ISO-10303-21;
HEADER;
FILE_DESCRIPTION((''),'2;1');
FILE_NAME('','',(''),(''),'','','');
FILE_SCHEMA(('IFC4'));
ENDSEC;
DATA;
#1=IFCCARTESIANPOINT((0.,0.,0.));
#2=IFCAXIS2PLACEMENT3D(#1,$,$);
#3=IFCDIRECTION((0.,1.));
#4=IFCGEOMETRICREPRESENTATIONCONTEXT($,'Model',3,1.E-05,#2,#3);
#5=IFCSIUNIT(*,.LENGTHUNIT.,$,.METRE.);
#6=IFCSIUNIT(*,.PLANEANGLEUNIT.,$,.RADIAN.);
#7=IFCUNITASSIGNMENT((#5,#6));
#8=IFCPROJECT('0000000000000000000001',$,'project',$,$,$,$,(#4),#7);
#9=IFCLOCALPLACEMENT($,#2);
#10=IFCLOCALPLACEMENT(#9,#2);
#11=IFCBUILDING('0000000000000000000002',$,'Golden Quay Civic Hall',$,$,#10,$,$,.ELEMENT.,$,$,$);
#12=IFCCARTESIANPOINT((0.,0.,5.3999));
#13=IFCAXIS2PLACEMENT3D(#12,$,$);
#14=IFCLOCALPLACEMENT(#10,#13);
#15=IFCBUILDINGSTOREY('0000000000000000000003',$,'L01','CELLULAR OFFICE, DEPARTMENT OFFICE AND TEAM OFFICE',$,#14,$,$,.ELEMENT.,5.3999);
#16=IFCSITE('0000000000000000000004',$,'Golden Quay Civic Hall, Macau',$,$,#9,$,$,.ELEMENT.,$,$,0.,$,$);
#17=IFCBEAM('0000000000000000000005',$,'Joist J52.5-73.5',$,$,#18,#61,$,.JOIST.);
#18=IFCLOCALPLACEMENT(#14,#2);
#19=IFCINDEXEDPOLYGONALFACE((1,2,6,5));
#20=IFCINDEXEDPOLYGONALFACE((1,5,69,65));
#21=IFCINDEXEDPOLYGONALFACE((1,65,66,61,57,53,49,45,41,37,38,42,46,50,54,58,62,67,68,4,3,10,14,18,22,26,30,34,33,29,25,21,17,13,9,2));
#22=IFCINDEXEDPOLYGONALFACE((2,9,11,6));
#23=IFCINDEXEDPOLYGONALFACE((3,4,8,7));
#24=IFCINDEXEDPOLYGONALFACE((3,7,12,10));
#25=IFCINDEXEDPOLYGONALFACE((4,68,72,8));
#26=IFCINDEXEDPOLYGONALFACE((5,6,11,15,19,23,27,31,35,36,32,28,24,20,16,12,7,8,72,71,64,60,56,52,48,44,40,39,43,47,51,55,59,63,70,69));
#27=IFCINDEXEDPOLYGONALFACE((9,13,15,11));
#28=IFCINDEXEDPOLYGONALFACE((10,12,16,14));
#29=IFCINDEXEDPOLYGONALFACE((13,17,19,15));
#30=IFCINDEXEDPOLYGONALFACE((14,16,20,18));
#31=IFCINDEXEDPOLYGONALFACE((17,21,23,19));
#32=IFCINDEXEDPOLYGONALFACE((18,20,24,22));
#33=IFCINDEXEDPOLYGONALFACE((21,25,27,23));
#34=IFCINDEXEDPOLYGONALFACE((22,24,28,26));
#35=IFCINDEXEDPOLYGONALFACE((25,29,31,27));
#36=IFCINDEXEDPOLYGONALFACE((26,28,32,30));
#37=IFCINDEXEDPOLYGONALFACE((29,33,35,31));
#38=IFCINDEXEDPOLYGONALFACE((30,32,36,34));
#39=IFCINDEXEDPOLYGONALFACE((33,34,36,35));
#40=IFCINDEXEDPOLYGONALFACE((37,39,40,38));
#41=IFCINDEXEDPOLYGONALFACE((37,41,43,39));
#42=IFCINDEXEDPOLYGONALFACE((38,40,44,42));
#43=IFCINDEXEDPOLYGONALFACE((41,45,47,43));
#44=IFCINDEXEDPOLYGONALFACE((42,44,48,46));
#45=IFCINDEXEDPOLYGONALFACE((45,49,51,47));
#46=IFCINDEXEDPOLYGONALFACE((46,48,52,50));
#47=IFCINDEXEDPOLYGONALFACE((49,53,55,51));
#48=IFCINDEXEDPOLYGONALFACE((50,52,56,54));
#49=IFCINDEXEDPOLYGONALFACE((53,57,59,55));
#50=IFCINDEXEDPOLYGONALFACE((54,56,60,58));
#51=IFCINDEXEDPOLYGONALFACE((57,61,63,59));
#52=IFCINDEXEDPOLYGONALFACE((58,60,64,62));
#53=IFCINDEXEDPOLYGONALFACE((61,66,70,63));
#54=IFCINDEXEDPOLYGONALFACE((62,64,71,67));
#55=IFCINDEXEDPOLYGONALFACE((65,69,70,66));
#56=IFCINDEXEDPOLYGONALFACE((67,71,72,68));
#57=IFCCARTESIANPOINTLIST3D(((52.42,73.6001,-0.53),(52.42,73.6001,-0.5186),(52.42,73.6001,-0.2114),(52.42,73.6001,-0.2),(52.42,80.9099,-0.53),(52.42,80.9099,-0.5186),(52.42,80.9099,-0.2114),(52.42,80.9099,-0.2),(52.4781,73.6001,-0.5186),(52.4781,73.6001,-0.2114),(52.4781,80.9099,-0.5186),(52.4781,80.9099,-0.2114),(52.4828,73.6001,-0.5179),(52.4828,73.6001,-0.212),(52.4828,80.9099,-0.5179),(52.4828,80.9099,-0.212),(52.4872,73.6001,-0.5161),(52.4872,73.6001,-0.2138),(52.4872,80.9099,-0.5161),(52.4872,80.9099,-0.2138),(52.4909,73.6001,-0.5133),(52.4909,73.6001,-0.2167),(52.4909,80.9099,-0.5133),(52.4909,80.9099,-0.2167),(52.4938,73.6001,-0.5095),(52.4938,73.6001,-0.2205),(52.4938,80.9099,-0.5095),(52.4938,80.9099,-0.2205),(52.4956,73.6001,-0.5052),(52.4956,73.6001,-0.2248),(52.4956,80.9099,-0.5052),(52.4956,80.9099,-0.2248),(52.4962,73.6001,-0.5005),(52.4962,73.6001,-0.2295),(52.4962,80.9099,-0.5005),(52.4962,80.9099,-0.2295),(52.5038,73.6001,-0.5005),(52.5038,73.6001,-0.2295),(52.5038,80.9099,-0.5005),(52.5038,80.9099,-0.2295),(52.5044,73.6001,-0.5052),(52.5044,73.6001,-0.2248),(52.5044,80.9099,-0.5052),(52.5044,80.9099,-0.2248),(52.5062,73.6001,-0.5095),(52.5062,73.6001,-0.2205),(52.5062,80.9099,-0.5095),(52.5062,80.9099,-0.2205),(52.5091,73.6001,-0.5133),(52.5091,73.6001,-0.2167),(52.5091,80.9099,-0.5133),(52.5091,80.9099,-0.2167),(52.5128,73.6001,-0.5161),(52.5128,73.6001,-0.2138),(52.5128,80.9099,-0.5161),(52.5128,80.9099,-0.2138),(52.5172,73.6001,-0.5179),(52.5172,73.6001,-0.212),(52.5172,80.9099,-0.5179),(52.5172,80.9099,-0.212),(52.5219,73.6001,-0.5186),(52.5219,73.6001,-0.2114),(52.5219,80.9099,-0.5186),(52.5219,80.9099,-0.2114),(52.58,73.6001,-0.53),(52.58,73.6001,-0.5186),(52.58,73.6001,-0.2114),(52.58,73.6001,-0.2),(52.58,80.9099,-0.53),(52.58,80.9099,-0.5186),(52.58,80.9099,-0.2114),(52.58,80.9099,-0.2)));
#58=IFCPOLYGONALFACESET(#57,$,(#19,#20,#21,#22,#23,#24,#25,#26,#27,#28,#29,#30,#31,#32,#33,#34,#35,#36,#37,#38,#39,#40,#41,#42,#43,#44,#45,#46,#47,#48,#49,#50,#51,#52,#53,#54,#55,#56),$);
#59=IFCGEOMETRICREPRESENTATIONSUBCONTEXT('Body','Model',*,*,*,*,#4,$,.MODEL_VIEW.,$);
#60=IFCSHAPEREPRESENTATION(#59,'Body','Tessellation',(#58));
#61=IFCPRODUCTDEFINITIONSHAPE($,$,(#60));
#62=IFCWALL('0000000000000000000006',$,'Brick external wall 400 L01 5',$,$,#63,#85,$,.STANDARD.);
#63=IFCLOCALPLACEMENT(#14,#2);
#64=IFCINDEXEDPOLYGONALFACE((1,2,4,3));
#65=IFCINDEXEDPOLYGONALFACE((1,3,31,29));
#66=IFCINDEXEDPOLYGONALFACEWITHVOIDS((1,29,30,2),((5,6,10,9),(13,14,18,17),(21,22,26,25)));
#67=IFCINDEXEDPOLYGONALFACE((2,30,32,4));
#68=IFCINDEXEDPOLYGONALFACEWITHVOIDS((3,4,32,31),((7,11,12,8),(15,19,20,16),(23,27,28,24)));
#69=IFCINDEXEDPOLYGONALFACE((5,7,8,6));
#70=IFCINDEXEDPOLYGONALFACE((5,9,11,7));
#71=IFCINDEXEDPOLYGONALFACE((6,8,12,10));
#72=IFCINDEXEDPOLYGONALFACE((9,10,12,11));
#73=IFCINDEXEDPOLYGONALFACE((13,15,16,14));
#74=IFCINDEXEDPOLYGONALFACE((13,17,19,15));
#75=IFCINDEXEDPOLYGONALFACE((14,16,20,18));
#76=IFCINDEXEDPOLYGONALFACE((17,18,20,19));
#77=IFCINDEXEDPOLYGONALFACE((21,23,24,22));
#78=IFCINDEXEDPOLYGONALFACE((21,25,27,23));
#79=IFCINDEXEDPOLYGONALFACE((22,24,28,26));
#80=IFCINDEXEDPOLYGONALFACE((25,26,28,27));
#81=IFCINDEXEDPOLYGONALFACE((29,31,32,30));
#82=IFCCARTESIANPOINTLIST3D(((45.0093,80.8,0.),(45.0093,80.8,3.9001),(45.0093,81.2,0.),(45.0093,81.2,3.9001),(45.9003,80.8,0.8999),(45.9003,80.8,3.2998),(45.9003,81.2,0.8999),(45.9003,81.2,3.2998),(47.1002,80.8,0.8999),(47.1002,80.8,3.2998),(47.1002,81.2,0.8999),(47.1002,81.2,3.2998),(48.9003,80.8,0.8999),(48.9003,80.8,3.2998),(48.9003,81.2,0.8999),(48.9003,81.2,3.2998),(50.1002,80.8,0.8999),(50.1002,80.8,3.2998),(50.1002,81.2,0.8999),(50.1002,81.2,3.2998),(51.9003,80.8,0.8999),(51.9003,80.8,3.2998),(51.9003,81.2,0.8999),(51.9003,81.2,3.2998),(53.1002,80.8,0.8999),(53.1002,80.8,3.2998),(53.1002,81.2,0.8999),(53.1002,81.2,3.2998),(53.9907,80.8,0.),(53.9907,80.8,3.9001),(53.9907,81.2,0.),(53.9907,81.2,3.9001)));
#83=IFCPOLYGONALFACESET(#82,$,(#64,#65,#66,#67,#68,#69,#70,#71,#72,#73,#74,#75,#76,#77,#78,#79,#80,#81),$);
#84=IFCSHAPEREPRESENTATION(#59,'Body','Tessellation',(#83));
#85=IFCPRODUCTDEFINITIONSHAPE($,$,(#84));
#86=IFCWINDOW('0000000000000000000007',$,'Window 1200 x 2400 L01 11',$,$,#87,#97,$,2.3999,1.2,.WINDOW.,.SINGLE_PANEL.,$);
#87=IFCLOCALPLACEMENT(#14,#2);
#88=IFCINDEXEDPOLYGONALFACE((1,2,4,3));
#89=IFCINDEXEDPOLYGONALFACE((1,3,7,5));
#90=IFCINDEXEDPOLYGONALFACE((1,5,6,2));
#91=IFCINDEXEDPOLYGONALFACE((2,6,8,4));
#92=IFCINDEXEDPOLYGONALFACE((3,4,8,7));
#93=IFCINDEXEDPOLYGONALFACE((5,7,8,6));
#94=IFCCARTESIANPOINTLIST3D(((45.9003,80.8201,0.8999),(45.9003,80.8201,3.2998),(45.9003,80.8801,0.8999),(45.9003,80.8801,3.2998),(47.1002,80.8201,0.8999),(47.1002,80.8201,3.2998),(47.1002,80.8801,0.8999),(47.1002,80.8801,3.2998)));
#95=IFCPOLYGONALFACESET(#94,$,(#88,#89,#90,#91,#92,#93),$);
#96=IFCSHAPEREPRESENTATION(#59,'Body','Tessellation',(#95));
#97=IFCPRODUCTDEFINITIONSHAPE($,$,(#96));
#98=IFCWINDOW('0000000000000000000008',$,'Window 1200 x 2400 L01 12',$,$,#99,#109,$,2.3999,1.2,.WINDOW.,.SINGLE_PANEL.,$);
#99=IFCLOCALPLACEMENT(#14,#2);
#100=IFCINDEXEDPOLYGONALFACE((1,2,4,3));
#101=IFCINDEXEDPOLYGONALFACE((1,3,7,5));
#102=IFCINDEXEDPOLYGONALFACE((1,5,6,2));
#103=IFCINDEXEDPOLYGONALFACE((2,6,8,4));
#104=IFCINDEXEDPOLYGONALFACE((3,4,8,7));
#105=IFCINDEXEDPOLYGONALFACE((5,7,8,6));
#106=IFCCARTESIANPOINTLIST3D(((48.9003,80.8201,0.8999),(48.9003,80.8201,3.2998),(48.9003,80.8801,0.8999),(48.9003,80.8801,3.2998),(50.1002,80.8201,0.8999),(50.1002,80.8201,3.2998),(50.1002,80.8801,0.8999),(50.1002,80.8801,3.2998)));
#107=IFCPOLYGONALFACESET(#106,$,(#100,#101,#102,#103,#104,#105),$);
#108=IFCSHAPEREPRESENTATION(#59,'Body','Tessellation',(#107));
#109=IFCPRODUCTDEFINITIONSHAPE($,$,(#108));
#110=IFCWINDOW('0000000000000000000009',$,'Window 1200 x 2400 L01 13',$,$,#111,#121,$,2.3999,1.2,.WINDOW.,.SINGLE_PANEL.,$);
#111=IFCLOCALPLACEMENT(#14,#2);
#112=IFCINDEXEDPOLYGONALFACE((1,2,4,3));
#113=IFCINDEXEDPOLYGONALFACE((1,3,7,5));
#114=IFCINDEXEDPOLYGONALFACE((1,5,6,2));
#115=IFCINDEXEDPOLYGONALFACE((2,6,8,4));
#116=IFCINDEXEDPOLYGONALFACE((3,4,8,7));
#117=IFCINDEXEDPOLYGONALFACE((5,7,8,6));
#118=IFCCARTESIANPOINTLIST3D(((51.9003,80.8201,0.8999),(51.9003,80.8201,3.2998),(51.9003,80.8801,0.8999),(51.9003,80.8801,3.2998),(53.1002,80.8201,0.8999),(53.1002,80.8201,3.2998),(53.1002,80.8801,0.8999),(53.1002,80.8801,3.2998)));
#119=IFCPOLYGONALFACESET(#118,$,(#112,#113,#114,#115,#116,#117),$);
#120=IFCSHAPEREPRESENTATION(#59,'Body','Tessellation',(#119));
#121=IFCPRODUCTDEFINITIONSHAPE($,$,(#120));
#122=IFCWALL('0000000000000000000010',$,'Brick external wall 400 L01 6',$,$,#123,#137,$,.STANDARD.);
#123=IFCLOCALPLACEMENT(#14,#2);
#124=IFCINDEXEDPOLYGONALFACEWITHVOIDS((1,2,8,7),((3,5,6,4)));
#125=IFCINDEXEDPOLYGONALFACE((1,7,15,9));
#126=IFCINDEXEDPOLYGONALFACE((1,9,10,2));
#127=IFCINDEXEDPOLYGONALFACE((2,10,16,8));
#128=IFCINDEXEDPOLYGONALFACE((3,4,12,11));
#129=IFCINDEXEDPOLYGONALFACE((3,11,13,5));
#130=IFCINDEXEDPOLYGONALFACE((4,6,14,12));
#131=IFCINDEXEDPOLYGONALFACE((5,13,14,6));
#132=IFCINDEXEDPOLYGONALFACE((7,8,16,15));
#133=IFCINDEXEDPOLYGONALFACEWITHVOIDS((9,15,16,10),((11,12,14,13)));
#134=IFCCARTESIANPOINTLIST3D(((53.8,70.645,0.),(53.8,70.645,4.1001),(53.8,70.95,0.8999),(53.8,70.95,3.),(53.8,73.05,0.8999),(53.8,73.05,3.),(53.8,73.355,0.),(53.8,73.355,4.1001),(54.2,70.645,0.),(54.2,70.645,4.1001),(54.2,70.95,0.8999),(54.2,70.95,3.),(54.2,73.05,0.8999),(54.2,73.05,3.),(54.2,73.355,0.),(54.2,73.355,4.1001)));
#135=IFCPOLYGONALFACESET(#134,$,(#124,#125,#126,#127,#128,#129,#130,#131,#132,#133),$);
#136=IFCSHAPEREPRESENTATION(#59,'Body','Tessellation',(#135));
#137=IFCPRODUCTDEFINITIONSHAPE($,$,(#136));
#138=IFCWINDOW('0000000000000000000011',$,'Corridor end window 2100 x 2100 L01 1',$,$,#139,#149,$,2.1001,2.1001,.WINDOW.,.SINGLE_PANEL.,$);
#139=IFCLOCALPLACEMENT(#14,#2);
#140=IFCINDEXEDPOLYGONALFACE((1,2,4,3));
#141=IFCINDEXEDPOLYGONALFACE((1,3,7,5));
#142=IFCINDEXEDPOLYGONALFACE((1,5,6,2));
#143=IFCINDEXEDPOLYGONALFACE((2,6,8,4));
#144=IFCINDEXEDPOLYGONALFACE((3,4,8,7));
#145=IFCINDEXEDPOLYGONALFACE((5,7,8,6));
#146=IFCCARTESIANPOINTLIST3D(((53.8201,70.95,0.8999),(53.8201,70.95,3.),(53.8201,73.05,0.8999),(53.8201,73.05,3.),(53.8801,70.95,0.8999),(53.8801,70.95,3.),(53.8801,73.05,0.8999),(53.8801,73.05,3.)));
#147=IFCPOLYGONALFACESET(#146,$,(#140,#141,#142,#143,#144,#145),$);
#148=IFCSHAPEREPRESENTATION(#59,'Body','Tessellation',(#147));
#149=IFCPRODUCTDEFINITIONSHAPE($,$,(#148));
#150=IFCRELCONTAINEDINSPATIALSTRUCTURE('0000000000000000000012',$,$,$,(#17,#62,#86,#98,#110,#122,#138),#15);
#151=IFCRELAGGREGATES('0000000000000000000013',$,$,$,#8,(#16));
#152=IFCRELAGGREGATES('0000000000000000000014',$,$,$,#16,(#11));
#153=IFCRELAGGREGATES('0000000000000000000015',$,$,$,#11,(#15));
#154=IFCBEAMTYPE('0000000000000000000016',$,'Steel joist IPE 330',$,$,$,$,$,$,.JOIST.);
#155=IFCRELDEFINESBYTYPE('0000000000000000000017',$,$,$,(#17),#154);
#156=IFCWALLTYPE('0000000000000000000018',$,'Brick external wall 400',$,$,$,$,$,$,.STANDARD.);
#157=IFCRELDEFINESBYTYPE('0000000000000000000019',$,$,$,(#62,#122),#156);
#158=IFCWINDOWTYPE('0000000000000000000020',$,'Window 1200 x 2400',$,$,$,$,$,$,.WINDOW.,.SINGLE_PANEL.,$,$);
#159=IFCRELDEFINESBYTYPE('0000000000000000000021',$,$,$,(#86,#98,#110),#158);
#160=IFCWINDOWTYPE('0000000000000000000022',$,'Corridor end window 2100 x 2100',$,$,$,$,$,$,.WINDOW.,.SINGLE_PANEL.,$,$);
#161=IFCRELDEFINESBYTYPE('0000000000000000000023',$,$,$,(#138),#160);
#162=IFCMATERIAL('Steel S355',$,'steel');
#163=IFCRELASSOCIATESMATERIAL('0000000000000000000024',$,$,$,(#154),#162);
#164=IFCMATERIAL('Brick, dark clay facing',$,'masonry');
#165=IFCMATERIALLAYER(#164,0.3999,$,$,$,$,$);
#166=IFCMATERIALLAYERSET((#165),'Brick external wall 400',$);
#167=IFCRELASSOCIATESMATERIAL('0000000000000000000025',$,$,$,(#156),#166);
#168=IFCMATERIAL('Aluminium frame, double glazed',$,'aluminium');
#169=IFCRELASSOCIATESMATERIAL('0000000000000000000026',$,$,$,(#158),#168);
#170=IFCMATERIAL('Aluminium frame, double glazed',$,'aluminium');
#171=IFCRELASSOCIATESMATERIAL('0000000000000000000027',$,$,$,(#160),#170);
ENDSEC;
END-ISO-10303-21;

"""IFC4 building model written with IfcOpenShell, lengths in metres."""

from ifc_helpers import new_model, si_unit, direction, frame, frame_2d, origin, origin_2d, place, context, subcontext, project, spatial, rectangle, i_section, extrude, material, layer, layer_set, material_profile, profile_set, type_object, element, fill, save


model = new_model("IFC4")

# Units and contexts
model_context = context("Model", 3, precision=1e-05, world=origin(), true_north=direction((0.0, 1.0)))
body_context = subcontext(model_context, "Body", "Model", "MODEL_VIEW")
ifc_project = project(units=[si_unit("LENGTHUNIT", "METRE"), si_unit("PLANEANGLEUNIT", "RADIAN")], contexts=[model_context])

# Site, building, storey
site_placement = place(None, origin())
site = spatial("IfcSite", under=ifc_project, at=site_placement, Name="Golden Quay Civic Hall, Macau", CompositionType="ELEMENT", RefElevation=0.0)
building_placement = place(site_placement, origin())
building = spatial("IfcBuilding", under=site, at=building_placement, Name="Golden Quay Civic Hall", CompositionType="ELEMENT")
storey_placement = place(building_placement, frame((0.0, 0.0, 5.3999)))
storey = spatial("IfcBuildingStorey", under=building, at=storey_placement, Name="L01", Description="CELLULAR OFFICE, DEPARTMENT OFFICE AND TEAM OFFICE", CompositionType="ELEMENT", Elevation=5.3999)

# Beam
ifc_material_1 = material(Name="Steel S355", Category="steel")
ifc_material_profile_1 = material_profile(ifc_material_1, i_section(OverallWidth=0.1599, OverallDepth=0.3301, WebThickness=0.0076, FlangeThickness=0.0115, FilletRadius=0.0181, at=origin_2d()), Name="IPE 330")
ifc_profile_set_1 = profile_set([ifc_material_profile_1], Name="Steel S355")
beam_type_1 = type_object("IfcBeamType", Name="Steel joist IPE 330", PredefinedType="JOIST", material=ifc_profile_set_1)
for number, where, z_axis, x_axis, name in (
    (1, (52.5, 73.6001, -0.365), (0.0, 1.0, 0.0), (-1.0, 0.0, 0.0), "Joist J52.5-73.5"),
):
    element("IfcBeam", number, at=place(storey_placement, frame(where, z_axis=z_axis, x_axis=x_axis)), inside=storey, type_object=beam_type_1, Name=name, PredefinedType="JOIST", context=body_context, shape_type="SweptSolid", body=[
        extrude(i_section(OverallWidth=0.1599, OverallDepth=0.3301, WebThickness=0.0076, FlangeThickness=0.0115, FilletRadius=0.0181, at=origin_2d()), origin(), (0.0, 0.0, 1.0), 7.3098),
    ])

# Wall, openings, windows
ifc_material_2 = material(Name="Brick, dark clay facing", Category="masonry")
ifc_layer_1 = layer(ifc_material_2, 0.3999)
ifc_layer_set_1 = layer_set([ifc_layer_1], Name="Brick external wall 400")
wall_type_1 = type_object("IfcWallType", Name="Brick external wall 400", PredefinedType="STANDARD", material=ifc_layer_set_1)
wall_1_placement = place(storey_placement, frame((45.0093, 81.0, 0.0), z_axis=(0.0, 0.0, 1.0), x_axis=(1.0, 0.0, 0.0)))
wall_1 = element("IfcWall", 2, at=wall_1_placement, inside=storey, type_object=wall_type_1, Name="Brick external wall 400 L01 5", PredefinedType="STANDARD", context=body_context, shape_type="SweptSolid", body=[
    extrude(rectangle(XDim=8.9814, YDim=0.3999, at=frame_2d((4.4907, 0.0))), origin(), (0.0, 0.0, 1.0), 3.9001),
])
opening_1_placement = place(wall_1_placement, frame((0.8909, 0.0, 0.8999)))
opening_1 = element("IfcOpeningElement", 3, at=opening_1_placement, cuts=wall_1, PredefinedType="OPENING", context=body_context, shape_type="SweptSolid", body=[
    extrude(rectangle(XDim=1.2, YDim=2.3999, at=frame_2d((0.6001, 1.2))), frame((0.0, 0.21, 0.0), z_axis=(0.0, -1.0, 0.0), x_axis=(1.0, 0.0, 0.0)), (0.0, 0.0, 1.0), 0.4199),
])
opening_2_placement = place(wall_1_placement, frame((3.8909, 0.0, 0.8999)))
opening_2 = element("IfcOpeningElement", 4, at=opening_2_placement, cuts=wall_1, PredefinedType="OPENING", context=body_context, shape_type="SweptSolid", body=[
    extrude(rectangle(XDim=1.2, YDim=2.3999, at=frame_2d((0.6001, 1.2))), frame((0.0, 0.21, 0.0), z_axis=(0.0, -1.0, 0.0), x_axis=(1.0, 0.0, 0.0)), (0.0, 0.0, 1.0), 0.4199),
])
opening_3_placement = place(wall_1_placement, frame((6.8909, 0.0, 0.8999)))
opening_3 = element("IfcOpeningElement", 5, at=opening_3_placement, cuts=wall_1, PredefinedType="OPENING", context=body_context, shape_type="SweptSolid", body=[
    extrude(rectangle(XDim=1.2, YDim=2.3999, at=frame_2d((0.6001, 1.2))), frame((0.0, 0.21, 0.0), z_axis=(0.0, -1.0, 0.0), x_axis=(1.0, 0.0, 0.0)), (0.0, 0.0, 1.0), 0.4199),
])
ifc_material_3 = material(Name="Aluminium frame, double glazed", Category="aluminium")
window_type_1 = type_object("IfcWindowType", Name="Window 1200 x 2400", PartitioningType="SINGLE_PANEL", PredefinedType="WINDOW", material=ifc_material_3)
window_1_placement = place(opening_1_placement, origin())
window_1 = element("IfcWindow", 6, at=window_1_placement, inside=storey, type_object=window_type_1, Name="Window 1200 x 2400 L01 11", OverallHeight=2.3999, OverallWidth=1.2, PartitioningType="SINGLE_PANEL", PredefinedType="WINDOW", context=body_context, shape_type="SweptSolid", body=[
    extrude(rectangle(XDim=1.2, YDim=2.3999, at=frame_2d((0.6001, 1.2))), frame((0.0, -0.1199, 0.0), z_axis=(0.0, -1.0, 0.0), x_axis=(1.0, 0.0, 0.0)), (0.0, 0.0, 1.0), 0.0601),
])
fill(opening_1, window_1)
window_2_placement = place(opening_2_placement, origin())
window_2 = element("IfcWindow", 7, at=window_2_placement, inside=storey, type_object=window_type_1, Name="Window 1200 x 2400 L01 12", OverallHeight=2.3999, OverallWidth=1.2, PartitioningType="SINGLE_PANEL", PredefinedType="WINDOW", context=body_context, shape_type="SweptSolid", body=[
    extrude(rectangle(XDim=1.2, YDim=2.3999, at=frame_2d((0.6001, 1.2))), frame((0.0, -0.1199, 0.0), z_axis=(0.0, -1.0, 0.0), x_axis=(1.0, 0.0, 0.0)), (0.0, 0.0, 1.0), 0.0601),
])
fill(opening_2, window_2)
window_3_placement = place(opening_3_placement, origin())
window_3 = element("IfcWindow", 8, at=window_3_placement, inside=storey, type_object=window_type_1, Name="Window 1200 x 2400 L01 13", OverallHeight=2.3999, OverallWidth=1.2, PartitioningType="SINGLE_PANEL", PredefinedType="WINDOW", context=body_context, shape_type="SweptSolid", body=[
    extrude(rectangle(XDim=1.2, YDim=2.3999, at=frame_2d((0.6001, 1.2))), frame((0.0, -0.1199, 0.0), z_axis=(0.0, -1.0, 0.0), x_axis=(1.0, 0.0, 0.0)), (0.0, 0.0, 1.0), 0.0601),
])
fill(opening_3, window_3)

# Wall, opening, window
wall_2_placement = place(storey_placement, frame((54.0, 73.355, 0.0), z_axis=(0.0, 0.0, 1.0), x_axis=(0.0, -1.0, 0.0)))
wall_2 = element("IfcWall", 9, at=wall_2_placement, inside=storey, type_object=wall_type_1, Name="Brick external wall 400 L01 6", PredefinedType="STANDARD", context=body_context, shape_type="SweptSolid", body=[
    extrude(rectangle(XDim=2.71, YDim=0.3999, at=frame_2d((1.355, 0.0))), origin(), (0.0, 0.0, 1.0), 4.1001),
])
opening_4_placement = place(wall_2_placement, frame((0.3049, 0.0, 0.8999)))
opening_4 = element("IfcOpeningElement", 10, at=opening_4_placement, cuts=wall_2, PredefinedType="OPENING", context=body_context, shape_type="SweptSolid", body=[
    extrude(rectangle(XDim=2.1001, YDim=2.1001, at=frame_2d((1.05, 1.05))), frame((0.0, 0.21, 0.0), z_axis=(0.0, -1.0, 0.0), x_axis=(1.0, 0.0, 0.0)), (0.0, 0.0, 1.0), 0.4199),
])
ifc_material_4 = material(Name="Aluminium frame, double glazed", Category="aluminium")
window_type_2 = type_object("IfcWindowType", Name="Corridor end window 2100 x 2100", PartitioningType="SINGLE_PANEL", PredefinedType="WINDOW", material=ifc_material_4)
window_4_placement = place(opening_4_placement, origin())
window_4 = element("IfcWindow", 11, at=window_4_placement, inside=storey, type_object=window_type_2, Name="Corridor end window 2100 x 2100 L01 1", OverallHeight=2.1001, OverallWidth=2.1001, PartitioningType="SINGLE_PANEL", PredefinedType="WINDOW", context=body_context, shape_type="SweptSolid", body=[
    extrude(rectangle(XDim=2.1001, YDim=2.1001, at=frame_2d((1.05, 1.05))), frame((0.0, -0.1199, 0.0), z_axis=(0.0, -1.0, 0.0), x_axis=(1.0, 0.0, 0.0)), (0.0, 0.0, 1.0), 0.0601),
])
fill(opening_4, window_4)

save(model, "model.ifc")
